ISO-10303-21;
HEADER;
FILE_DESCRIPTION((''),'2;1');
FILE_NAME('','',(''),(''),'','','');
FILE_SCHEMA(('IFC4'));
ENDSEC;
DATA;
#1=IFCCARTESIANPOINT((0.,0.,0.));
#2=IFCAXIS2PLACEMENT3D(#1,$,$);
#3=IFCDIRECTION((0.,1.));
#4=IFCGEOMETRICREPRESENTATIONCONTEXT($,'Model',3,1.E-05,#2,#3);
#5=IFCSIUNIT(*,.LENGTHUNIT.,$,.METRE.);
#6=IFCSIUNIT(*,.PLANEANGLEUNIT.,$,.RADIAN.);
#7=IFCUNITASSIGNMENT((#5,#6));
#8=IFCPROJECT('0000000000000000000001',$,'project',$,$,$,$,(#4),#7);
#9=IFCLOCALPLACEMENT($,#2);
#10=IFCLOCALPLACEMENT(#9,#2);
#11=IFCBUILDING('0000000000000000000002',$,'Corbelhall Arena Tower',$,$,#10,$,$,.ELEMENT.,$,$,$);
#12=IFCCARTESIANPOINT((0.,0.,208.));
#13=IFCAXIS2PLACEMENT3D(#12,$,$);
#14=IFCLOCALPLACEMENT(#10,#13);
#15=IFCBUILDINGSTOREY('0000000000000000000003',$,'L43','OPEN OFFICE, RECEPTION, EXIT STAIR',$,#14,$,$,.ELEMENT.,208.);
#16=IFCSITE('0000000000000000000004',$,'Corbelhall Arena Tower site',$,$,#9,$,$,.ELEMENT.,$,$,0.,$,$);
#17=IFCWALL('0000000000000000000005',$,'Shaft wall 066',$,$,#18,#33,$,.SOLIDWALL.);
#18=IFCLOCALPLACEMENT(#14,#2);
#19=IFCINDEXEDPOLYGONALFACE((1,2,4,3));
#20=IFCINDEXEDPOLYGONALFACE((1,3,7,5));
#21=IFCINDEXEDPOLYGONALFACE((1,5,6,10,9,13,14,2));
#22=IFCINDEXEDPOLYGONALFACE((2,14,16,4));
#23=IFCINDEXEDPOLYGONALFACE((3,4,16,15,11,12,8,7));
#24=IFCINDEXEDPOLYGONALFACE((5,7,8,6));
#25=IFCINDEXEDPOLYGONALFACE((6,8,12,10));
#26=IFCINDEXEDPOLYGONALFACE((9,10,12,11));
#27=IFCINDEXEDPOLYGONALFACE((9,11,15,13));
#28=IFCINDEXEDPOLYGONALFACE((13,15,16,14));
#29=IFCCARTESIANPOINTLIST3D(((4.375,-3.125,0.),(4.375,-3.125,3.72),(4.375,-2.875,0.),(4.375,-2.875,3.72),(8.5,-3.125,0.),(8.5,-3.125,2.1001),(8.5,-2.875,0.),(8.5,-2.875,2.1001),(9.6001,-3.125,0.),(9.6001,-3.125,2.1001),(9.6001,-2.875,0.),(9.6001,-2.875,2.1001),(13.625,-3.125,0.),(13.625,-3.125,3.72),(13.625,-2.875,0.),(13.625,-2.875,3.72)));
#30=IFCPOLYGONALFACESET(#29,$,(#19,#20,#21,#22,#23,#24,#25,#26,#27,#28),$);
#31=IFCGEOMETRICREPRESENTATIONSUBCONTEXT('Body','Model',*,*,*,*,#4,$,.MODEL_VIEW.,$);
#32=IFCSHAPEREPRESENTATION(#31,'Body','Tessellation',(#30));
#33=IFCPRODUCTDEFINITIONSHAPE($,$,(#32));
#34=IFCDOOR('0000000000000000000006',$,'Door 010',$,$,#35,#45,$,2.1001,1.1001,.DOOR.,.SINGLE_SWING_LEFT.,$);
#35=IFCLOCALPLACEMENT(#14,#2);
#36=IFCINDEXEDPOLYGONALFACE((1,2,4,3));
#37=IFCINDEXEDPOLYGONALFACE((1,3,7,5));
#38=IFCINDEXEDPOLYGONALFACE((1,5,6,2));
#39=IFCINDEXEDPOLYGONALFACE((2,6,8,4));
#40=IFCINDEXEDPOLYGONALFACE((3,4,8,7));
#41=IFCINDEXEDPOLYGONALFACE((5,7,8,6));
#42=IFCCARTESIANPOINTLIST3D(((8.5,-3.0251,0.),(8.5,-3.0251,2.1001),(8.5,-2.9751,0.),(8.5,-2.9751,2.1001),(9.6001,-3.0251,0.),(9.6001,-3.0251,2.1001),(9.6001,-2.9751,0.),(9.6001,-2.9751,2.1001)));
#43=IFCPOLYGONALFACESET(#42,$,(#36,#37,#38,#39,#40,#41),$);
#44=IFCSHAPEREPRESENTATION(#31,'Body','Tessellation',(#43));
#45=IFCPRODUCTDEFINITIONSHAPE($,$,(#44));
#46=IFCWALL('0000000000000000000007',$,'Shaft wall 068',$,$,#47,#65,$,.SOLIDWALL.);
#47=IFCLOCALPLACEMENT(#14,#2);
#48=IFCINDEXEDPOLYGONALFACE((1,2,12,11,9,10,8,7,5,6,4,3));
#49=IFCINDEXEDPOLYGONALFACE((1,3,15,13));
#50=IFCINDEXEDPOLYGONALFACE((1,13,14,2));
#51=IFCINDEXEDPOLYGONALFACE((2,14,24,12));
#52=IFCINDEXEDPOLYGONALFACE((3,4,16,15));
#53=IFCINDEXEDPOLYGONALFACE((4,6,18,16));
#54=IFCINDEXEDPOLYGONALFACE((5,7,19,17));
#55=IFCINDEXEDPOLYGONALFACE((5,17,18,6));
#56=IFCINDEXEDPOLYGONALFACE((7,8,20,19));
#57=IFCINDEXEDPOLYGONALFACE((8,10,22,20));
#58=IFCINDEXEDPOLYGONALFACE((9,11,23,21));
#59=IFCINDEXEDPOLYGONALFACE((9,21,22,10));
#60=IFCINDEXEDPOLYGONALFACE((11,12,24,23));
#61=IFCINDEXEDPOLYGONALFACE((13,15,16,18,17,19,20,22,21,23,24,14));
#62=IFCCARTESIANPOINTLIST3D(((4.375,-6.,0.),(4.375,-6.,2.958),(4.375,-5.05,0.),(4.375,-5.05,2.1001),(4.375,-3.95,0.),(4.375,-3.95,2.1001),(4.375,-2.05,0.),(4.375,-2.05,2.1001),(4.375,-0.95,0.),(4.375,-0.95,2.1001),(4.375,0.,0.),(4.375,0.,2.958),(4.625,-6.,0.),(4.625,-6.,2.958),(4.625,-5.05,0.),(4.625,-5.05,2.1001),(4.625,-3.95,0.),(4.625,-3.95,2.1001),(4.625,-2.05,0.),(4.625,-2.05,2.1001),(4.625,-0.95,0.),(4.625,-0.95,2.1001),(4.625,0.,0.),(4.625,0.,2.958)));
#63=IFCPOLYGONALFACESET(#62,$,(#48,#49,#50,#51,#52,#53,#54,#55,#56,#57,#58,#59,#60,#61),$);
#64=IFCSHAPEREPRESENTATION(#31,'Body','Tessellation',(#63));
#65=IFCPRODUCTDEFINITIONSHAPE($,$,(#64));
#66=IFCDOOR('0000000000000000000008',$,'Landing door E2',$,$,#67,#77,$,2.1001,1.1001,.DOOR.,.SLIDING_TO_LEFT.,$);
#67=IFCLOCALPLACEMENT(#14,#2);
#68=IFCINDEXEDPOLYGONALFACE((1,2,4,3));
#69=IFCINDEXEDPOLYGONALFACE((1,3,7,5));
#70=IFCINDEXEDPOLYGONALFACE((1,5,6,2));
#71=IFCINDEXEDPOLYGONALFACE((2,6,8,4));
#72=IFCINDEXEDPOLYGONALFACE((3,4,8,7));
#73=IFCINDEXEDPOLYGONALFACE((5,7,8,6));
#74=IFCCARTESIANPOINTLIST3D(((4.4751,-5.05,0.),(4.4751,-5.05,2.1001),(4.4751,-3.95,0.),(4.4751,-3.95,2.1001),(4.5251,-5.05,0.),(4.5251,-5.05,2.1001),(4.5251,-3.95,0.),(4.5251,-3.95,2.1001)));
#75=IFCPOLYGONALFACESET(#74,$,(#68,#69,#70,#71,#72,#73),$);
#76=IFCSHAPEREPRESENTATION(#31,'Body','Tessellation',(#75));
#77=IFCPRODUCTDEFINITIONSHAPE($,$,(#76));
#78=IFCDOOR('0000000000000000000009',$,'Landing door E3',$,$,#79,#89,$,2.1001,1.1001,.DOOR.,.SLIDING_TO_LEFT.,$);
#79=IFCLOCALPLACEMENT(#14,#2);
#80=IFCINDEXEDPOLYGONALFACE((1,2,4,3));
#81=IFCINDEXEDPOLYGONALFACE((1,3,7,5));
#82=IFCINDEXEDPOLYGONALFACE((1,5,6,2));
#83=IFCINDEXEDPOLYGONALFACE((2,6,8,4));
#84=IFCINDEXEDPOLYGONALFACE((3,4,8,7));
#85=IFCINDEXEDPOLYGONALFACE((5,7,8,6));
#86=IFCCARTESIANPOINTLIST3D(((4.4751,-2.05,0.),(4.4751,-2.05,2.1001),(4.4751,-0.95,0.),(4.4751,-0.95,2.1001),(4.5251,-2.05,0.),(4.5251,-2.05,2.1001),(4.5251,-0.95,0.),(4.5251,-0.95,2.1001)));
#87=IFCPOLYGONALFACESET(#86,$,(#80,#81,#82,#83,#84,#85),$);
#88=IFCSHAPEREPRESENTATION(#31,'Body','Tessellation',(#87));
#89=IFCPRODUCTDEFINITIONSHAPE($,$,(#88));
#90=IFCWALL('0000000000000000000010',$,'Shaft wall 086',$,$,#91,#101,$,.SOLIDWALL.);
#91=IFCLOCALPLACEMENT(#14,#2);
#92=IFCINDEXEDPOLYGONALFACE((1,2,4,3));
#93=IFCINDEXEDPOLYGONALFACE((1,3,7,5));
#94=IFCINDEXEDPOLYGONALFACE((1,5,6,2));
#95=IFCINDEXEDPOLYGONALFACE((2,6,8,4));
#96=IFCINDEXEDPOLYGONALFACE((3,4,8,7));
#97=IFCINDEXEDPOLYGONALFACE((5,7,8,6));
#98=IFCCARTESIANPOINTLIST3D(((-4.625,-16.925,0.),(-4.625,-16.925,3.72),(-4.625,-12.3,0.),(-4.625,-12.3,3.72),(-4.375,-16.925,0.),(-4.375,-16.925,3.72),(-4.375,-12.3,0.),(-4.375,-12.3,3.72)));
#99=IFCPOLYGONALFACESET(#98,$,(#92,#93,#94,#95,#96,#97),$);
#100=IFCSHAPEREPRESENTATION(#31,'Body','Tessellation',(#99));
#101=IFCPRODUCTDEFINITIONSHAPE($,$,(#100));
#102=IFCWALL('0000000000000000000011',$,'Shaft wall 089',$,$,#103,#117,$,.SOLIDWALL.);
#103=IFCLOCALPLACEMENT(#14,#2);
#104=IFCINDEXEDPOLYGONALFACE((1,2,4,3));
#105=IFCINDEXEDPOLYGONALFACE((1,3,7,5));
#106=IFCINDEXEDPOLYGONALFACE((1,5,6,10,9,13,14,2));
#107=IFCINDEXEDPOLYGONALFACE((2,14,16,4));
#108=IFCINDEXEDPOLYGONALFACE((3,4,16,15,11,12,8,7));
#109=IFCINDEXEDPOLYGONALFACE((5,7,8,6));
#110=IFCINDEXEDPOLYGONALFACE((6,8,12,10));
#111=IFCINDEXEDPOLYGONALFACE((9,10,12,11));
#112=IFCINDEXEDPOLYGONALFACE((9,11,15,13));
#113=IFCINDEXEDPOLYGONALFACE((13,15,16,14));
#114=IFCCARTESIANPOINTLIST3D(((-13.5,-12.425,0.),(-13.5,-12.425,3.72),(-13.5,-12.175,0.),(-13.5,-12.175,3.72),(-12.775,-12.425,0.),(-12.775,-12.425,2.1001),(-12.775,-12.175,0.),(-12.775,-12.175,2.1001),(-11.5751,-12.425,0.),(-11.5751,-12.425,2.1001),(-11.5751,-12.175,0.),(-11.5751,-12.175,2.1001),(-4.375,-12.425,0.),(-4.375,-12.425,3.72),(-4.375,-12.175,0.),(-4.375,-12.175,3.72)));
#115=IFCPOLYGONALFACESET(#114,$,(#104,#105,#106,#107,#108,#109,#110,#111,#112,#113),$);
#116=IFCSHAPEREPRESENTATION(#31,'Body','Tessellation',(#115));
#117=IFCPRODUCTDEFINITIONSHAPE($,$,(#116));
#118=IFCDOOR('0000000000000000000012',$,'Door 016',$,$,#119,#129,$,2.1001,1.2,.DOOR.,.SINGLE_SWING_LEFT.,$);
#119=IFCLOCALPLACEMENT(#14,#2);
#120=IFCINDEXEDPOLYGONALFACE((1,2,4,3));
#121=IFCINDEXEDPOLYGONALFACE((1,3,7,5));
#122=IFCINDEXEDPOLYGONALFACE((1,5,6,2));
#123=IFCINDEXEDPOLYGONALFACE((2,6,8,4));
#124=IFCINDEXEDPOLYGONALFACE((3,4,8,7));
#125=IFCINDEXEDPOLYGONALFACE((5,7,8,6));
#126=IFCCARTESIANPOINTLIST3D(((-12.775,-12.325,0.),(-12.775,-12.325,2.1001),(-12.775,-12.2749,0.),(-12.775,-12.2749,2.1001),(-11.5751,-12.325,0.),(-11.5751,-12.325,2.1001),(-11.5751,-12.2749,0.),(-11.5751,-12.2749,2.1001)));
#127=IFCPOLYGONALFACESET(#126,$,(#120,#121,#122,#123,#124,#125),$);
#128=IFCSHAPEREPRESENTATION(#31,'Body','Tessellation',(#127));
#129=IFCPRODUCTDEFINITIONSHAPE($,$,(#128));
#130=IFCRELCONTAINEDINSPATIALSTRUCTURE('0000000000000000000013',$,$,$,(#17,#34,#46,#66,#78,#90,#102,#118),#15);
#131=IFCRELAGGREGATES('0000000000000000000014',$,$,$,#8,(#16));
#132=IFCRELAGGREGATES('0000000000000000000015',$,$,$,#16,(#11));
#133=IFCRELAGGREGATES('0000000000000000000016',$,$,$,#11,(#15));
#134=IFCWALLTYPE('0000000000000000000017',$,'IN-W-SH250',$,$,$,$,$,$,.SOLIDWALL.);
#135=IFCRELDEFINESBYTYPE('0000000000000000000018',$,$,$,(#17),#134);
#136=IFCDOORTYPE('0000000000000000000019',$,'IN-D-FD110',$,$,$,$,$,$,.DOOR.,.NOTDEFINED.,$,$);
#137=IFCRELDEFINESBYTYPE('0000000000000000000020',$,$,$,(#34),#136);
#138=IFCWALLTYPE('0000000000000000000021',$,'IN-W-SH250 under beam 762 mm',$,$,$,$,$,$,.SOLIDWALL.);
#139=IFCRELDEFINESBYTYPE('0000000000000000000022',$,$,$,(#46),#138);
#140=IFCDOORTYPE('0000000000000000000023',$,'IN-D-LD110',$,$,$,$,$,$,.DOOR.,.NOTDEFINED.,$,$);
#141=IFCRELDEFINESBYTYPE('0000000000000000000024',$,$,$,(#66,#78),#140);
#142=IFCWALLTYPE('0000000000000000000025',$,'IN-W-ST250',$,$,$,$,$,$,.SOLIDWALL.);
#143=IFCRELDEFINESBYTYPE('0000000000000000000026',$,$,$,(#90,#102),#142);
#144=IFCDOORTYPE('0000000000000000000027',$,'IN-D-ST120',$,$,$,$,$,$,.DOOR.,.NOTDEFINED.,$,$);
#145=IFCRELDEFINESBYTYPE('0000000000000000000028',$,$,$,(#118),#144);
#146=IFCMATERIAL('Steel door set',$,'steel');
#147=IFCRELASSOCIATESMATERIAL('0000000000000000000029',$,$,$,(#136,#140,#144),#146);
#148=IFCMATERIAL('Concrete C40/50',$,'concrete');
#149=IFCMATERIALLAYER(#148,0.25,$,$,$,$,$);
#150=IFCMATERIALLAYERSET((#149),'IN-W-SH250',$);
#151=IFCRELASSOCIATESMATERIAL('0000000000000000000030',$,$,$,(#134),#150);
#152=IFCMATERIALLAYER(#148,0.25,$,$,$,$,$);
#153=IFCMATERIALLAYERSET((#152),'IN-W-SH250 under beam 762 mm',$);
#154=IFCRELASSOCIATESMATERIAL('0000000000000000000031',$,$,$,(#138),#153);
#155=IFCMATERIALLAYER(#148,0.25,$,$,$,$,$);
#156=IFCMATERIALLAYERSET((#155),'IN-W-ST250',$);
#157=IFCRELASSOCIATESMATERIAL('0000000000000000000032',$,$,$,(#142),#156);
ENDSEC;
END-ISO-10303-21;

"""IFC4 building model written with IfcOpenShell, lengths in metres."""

from ifc_helpers import new_model, si_unit, direction, frame, frame_2d, origin, place, context, subcontext, project, spatial, rectangle, extrude, material, layer, layer_set, type_object, element, fill, save


model = new_model("IFC4")

# Units and contexts
model_context = context("Model", 3, precision=1e-05, world=origin(), true_north=direction((0.0, 1.0)))
body_context = subcontext(model_context, "Body", "Model", "MODEL_VIEW")
ifc_project = project(units=[si_unit("LENGTHUNIT", "METRE"), si_unit("PLANEANGLEUNIT", "RADIAN")], contexts=[model_context])

# Site, building, storey
site_placement = place(None, origin())
site = spatial("IfcSite", under=ifc_project, at=site_placement, Name="Corbelhall Arena Tower site", CompositionType="ELEMENT", RefElevation=0.0)
building_placement = place(site_placement, origin())
building = spatial("IfcBuilding", under=site, at=building_placement, Name="Corbelhall Arena Tower", CompositionType="ELEMENT")
storey_placement = place(building_placement, frame((0.0, 0.0, 208.0)))
storey = spatial("IfcBuildingStorey", under=building, at=storey_placement, Name="L43", Description="OPEN OFFICE, RECEPTION, EXIT STAIR", CompositionType="ELEMENT", Elevation=208.0)

# Shared definitions
ifc_material_1 = material(Name="Concrete C40/50", Category="concrete")

# Shared definitions
ifc_material_2 = material(Name="Steel door set", Category="steel")
door_type_1 = type_object("IfcDoorType", Name="IN-D-FD110", OperationType="NOTDEFINED", PredefinedType="DOOR", material=ifc_material_2)

# Shared definitions
ifc_layer_1 = layer(ifc_material_1, 0.25)
ifc_layer_set_1 = layer_set([ifc_layer_1], Name="IN-W-SH250")
wall_type_1 = type_object("IfcWallType", Name="IN-W-SH250", PredefinedType="SOLIDWALL", material=ifc_layer_set_1)

# Wall, opening, door
wall_1_placement = place(storey_placement, frame((4.375, -3.0, 0.0), z_axis=(0.0, 0.0, 1.0), x_axis=(1.0, 0.0, 0.0)))
wall_1 = element("IfcWall", 1, at=wall_1_placement, inside=storey, type_object=wall_type_1, Name="Shaft wall 066", PredefinedType="SOLIDWALL", context=body_context, shape_type="SweptSolid", body=[
    extrude(rectangle(XDim=9.25, YDim=0.25, at=frame_2d((4.625, 0.0))), origin(), (0.0, 0.0, 1.0), 3.72),
])
opening_1_placement = place(wall_1_placement, frame((4.125, 0.0, 0.0)))
opening_1 = element("IfcOpeningElement", 2, at=opening_1_placement, cuts=wall_1, PredefinedType="OPENING", context=body_context, shape_type="SweptSolid", body=[
    extrude(rectangle(XDim=1.1001, YDim=2.1001, at=frame_2d((0.55, 1.05))), frame((0.0, 0.125, 0.0), z_axis=(0.0, -1.0, 0.0), x_axis=(1.0, 0.0, 0.0)), (0.0, 0.0, 1.0), 0.25),
])
door_1_placement = place(opening_1_placement, origin())
door_1 = element("IfcDoor", 3, at=door_1_placement, inside=storey, type_object=door_type_1, Name="Door 010", OperationType="SINGLE_SWING_LEFT", OverallHeight=2.1001, OverallWidth=1.1001, PredefinedType="DOOR", context=body_context, shape_type="SweptSolid", body=[
    extrude(rectangle(XDim=1.1001, YDim=2.1001, at=frame_2d((0.55, 1.05))), frame((0.0, 0.0249, 0.0), z_axis=(0.0, -1.0, 0.0), x_axis=(1.0, 0.0, 0.0)), (0.0, 0.0, 1.0), 0.05),
])
fill(opening_1, door_1)

# Wall, openings, doors
ifc_layer_2 = layer(ifc_material_1, 0.25)
ifc_layer_set_2 = layer_set([ifc_layer_2], Name="IN-W-SH250 under beam 762 mm")
wall_type_2 = type_object("IfcWallType", Name="IN-W-SH250 under beam 762 mm", PredefinedType="SOLIDWALL", material=ifc_layer_set_2)
wall_2_placement = place(storey_placement, frame((4.5, -6.0, 0.0), z_axis=(0.0, 0.0, 1.0), x_axis=(0.0, 1.0, 0.0)))
wall_2 = element("IfcWall", 4, at=wall_2_placement, inside=storey, type_object=wall_type_2, Name="Shaft wall 068", PredefinedType="SOLIDWALL", context=body_context, shape_type="SweptSolid", body=[
    extrude(rectangle(XDim=6.0, YDim=0.25, at=frame_2d((3.0, 0.0))), origin(), (0.0, 0.0, 1.0), 2.958),
])
opening_2_placement = place(wall_2_placement, frame((0.95, 0.0, 0.0)))
opening_2 = element("IfcOpeningElement", 5, at=opening_2_placement, cuts=wall_2, PredefinedType="OPENING", context=body_context, shape_type="SweptSolid", body=[
    extrude(rectangle(XDim=1.1001, YDim=2.1001, at=frame_2d((0.55, 1.05))), frame((0.0, 0.125, 0.0), z_axis=(0.0, -1.0, 0.0), x_axis=(1.0, 0.0, 0.0)), (0.0, 0.0, 1.0), 0.25),
])
opening_3_placement = place(wall_2_placement, frame((3.95, 0.0, 0.0)))
opening_3 = element("IfcOpeningElement", 6, at=opening_3_placement, cuts=wall_2, PredefinedType="OPENING", context=body_context, shape_type="SweptSolid", body=[
    extrude(rectangle(XDim=1.1001, YDim=2.1001, at=frame_2d((0.55, 1.05))), frame((0.0, 0.125, 0.0), z_axis=(0.0, -1.0, 0.0), x_axis=(1.0, 0.0, 0.0)), (0.0, 0.0, 1.0), 0.25),
])
door_type_2 = type_object("IfcDoorType", Name="IN-D-LD110", OperationType="NOTDEFINED", PredefinedType="DOOR", material=ifc_material_2)
door_2_placement = place(opening_2_placement, origin())
door_2 = element("IfcDoor", 7, at=door_2_placement, inside=storey, type_object=door_type_2, Name="Landing door E2", OperationType="SLIDING_TO_LEFT", OverallHeight=2.1001, OverallWidth=1.1001, PredefinedType="DOOR", context=body_context, shape_type="SweptSolid", body=[
    extrude(rectangle(XDim=1.1001, YDim=2.1001, at=frame_2d((0.55, 1.05))), frame((0.0, 0.0249, 0.0), z_axis=(0.0, -1.0, 0.0), x_axis=(1.0, 0.0, 0.0)), (0.0, 0.0, 1.0), 0.05),
])
fill(opening_2, door_2)
door_3_placement = place(opening_3_placement, origin())
door_3 = element("IfcDoor", 8, at=door_3_placement, inside=storey, type_object=door_type_2, Name="Landing door E3", OperationType="SLIDING_TO_LEFT", OverallHeight=2.1001, OverallWidth=1.1001, PredefinedType="DOOR", context=body_context, shape_type="SweptSolid", body=[
    extrude(rectangle(XDim=1.1001, YDim=2.1001, at=frame_2d((0.55, 1.05))), frame((0.0, 0.0249, 0.0), z_axis=(0.0, -1.0, 0.0), x_axis=(1.0, 0.0, 0.0)), (0.0, 0.0, 1.0), 0.05),
])
fill(opening_3, door_3)

# Wall
ifc_layer_3 = layer(ifc_material_1, 0.25)
ifc_layer_set_3 = layer_set([ifc_layer_3], Name="IN-W-ST250")
wall_type_3 = type_object("IfcWallType", Name="IN-W-ST250", PredefinedType="SOLIDWALL", material=ifc_layer_set_3)
wall_3_placement = place(storey_placement, frame((-4.5, -12.3, 0.0), z_axis=(0.0, 0.0, 1.0), x_axis=(0.0, -1.0, 0.0)))
element("IfcWall", 9, at=wall_3_placement, inside=storey, type_object=wall_type_3, Name="Shaft wall 086", PredefinedType="SOLIDWALL", context=body_context, shape_type="SweptSolid", body=[
    extrude(rectangle(XDim=4.625, YDim=0.25, at=frame_2d((2.3125, 0.0))), origin(), (0.0, 0.0, 1.0), 3.72),
])

# Wall, opening, door
wall_4_placement = place(storey_placement, frame((-4.375, -12.3, 0.0), z_axis=(0.0, 0.0, 1.0), x_axis=(-1.0, 0.0, 0.0)))
wall_4 = element("IfcWall", 10, at=wall_4_placement, inside=storey, type_object=wall_type_3, Name="Shaft wall 089", PredefinedType="SOLIDWALL", context=body_context, shape_type="SweptSolid", body=[
    extrude(rectangle(XDim=9.125, YDim=0.25, at=frame_2d((4.5625, 0.0))), origin(), (0.0, 0.0, 1.0), 3.72),
])
opening_4_placement = place(wall_4_placement, frame((7.2, 0.0, 0.0)))
opening_4 = element("IfcOpeningElement", 11, at=opening_4_placement, cuts=wall_4, PredefinedType="OPENING", context=body_context, shape_type="SweptSolid", body=[
    extrude(rectangle(XDim=1.2, YDim=2.1001, at=frame_2d((0.6001, 1.05))), frame((0.0, 0.125, 0.0), z_axis=(0.0, -1.0, 0.0), x_axis=(1.0, 0.0, 0.0)), (0.0, 0.0, 1.0), 0.25),
])
door_type_3 = type_object("IfcDoorType", Name="IN-D-ST120", OperationType="NOTDEFINED", PredefinedType="DOOR", material=ifc_material_2)
door_4_placement = place(opening_4_placement, origin())
door_4 = element("IfcDoor", 12, at=door_4_placement, inside=storey, type_object=door_type_3, Name="Door 016", OperationType="SINGLE_SWING_LEFT", OverallHeight=2.1001, OverallWidth=1.2, PredefinedType="DOOR", context=body_context, shape_type="SweptSolid", body=[
    extrude(rectangle(XDim=1.2, YDim=2.1001, at=frame_2d((0.6001, 1.05))), frame((0.0, 0.0249, 0.0), z_axis=(0.0, -1.0, 0.0), x_axis=(1.0, 0.0, 0.0)), (0.0, 0.0, 1.0), 0.05),
])
fill(opening_4, door_4)

save(model, "model.ifc")
